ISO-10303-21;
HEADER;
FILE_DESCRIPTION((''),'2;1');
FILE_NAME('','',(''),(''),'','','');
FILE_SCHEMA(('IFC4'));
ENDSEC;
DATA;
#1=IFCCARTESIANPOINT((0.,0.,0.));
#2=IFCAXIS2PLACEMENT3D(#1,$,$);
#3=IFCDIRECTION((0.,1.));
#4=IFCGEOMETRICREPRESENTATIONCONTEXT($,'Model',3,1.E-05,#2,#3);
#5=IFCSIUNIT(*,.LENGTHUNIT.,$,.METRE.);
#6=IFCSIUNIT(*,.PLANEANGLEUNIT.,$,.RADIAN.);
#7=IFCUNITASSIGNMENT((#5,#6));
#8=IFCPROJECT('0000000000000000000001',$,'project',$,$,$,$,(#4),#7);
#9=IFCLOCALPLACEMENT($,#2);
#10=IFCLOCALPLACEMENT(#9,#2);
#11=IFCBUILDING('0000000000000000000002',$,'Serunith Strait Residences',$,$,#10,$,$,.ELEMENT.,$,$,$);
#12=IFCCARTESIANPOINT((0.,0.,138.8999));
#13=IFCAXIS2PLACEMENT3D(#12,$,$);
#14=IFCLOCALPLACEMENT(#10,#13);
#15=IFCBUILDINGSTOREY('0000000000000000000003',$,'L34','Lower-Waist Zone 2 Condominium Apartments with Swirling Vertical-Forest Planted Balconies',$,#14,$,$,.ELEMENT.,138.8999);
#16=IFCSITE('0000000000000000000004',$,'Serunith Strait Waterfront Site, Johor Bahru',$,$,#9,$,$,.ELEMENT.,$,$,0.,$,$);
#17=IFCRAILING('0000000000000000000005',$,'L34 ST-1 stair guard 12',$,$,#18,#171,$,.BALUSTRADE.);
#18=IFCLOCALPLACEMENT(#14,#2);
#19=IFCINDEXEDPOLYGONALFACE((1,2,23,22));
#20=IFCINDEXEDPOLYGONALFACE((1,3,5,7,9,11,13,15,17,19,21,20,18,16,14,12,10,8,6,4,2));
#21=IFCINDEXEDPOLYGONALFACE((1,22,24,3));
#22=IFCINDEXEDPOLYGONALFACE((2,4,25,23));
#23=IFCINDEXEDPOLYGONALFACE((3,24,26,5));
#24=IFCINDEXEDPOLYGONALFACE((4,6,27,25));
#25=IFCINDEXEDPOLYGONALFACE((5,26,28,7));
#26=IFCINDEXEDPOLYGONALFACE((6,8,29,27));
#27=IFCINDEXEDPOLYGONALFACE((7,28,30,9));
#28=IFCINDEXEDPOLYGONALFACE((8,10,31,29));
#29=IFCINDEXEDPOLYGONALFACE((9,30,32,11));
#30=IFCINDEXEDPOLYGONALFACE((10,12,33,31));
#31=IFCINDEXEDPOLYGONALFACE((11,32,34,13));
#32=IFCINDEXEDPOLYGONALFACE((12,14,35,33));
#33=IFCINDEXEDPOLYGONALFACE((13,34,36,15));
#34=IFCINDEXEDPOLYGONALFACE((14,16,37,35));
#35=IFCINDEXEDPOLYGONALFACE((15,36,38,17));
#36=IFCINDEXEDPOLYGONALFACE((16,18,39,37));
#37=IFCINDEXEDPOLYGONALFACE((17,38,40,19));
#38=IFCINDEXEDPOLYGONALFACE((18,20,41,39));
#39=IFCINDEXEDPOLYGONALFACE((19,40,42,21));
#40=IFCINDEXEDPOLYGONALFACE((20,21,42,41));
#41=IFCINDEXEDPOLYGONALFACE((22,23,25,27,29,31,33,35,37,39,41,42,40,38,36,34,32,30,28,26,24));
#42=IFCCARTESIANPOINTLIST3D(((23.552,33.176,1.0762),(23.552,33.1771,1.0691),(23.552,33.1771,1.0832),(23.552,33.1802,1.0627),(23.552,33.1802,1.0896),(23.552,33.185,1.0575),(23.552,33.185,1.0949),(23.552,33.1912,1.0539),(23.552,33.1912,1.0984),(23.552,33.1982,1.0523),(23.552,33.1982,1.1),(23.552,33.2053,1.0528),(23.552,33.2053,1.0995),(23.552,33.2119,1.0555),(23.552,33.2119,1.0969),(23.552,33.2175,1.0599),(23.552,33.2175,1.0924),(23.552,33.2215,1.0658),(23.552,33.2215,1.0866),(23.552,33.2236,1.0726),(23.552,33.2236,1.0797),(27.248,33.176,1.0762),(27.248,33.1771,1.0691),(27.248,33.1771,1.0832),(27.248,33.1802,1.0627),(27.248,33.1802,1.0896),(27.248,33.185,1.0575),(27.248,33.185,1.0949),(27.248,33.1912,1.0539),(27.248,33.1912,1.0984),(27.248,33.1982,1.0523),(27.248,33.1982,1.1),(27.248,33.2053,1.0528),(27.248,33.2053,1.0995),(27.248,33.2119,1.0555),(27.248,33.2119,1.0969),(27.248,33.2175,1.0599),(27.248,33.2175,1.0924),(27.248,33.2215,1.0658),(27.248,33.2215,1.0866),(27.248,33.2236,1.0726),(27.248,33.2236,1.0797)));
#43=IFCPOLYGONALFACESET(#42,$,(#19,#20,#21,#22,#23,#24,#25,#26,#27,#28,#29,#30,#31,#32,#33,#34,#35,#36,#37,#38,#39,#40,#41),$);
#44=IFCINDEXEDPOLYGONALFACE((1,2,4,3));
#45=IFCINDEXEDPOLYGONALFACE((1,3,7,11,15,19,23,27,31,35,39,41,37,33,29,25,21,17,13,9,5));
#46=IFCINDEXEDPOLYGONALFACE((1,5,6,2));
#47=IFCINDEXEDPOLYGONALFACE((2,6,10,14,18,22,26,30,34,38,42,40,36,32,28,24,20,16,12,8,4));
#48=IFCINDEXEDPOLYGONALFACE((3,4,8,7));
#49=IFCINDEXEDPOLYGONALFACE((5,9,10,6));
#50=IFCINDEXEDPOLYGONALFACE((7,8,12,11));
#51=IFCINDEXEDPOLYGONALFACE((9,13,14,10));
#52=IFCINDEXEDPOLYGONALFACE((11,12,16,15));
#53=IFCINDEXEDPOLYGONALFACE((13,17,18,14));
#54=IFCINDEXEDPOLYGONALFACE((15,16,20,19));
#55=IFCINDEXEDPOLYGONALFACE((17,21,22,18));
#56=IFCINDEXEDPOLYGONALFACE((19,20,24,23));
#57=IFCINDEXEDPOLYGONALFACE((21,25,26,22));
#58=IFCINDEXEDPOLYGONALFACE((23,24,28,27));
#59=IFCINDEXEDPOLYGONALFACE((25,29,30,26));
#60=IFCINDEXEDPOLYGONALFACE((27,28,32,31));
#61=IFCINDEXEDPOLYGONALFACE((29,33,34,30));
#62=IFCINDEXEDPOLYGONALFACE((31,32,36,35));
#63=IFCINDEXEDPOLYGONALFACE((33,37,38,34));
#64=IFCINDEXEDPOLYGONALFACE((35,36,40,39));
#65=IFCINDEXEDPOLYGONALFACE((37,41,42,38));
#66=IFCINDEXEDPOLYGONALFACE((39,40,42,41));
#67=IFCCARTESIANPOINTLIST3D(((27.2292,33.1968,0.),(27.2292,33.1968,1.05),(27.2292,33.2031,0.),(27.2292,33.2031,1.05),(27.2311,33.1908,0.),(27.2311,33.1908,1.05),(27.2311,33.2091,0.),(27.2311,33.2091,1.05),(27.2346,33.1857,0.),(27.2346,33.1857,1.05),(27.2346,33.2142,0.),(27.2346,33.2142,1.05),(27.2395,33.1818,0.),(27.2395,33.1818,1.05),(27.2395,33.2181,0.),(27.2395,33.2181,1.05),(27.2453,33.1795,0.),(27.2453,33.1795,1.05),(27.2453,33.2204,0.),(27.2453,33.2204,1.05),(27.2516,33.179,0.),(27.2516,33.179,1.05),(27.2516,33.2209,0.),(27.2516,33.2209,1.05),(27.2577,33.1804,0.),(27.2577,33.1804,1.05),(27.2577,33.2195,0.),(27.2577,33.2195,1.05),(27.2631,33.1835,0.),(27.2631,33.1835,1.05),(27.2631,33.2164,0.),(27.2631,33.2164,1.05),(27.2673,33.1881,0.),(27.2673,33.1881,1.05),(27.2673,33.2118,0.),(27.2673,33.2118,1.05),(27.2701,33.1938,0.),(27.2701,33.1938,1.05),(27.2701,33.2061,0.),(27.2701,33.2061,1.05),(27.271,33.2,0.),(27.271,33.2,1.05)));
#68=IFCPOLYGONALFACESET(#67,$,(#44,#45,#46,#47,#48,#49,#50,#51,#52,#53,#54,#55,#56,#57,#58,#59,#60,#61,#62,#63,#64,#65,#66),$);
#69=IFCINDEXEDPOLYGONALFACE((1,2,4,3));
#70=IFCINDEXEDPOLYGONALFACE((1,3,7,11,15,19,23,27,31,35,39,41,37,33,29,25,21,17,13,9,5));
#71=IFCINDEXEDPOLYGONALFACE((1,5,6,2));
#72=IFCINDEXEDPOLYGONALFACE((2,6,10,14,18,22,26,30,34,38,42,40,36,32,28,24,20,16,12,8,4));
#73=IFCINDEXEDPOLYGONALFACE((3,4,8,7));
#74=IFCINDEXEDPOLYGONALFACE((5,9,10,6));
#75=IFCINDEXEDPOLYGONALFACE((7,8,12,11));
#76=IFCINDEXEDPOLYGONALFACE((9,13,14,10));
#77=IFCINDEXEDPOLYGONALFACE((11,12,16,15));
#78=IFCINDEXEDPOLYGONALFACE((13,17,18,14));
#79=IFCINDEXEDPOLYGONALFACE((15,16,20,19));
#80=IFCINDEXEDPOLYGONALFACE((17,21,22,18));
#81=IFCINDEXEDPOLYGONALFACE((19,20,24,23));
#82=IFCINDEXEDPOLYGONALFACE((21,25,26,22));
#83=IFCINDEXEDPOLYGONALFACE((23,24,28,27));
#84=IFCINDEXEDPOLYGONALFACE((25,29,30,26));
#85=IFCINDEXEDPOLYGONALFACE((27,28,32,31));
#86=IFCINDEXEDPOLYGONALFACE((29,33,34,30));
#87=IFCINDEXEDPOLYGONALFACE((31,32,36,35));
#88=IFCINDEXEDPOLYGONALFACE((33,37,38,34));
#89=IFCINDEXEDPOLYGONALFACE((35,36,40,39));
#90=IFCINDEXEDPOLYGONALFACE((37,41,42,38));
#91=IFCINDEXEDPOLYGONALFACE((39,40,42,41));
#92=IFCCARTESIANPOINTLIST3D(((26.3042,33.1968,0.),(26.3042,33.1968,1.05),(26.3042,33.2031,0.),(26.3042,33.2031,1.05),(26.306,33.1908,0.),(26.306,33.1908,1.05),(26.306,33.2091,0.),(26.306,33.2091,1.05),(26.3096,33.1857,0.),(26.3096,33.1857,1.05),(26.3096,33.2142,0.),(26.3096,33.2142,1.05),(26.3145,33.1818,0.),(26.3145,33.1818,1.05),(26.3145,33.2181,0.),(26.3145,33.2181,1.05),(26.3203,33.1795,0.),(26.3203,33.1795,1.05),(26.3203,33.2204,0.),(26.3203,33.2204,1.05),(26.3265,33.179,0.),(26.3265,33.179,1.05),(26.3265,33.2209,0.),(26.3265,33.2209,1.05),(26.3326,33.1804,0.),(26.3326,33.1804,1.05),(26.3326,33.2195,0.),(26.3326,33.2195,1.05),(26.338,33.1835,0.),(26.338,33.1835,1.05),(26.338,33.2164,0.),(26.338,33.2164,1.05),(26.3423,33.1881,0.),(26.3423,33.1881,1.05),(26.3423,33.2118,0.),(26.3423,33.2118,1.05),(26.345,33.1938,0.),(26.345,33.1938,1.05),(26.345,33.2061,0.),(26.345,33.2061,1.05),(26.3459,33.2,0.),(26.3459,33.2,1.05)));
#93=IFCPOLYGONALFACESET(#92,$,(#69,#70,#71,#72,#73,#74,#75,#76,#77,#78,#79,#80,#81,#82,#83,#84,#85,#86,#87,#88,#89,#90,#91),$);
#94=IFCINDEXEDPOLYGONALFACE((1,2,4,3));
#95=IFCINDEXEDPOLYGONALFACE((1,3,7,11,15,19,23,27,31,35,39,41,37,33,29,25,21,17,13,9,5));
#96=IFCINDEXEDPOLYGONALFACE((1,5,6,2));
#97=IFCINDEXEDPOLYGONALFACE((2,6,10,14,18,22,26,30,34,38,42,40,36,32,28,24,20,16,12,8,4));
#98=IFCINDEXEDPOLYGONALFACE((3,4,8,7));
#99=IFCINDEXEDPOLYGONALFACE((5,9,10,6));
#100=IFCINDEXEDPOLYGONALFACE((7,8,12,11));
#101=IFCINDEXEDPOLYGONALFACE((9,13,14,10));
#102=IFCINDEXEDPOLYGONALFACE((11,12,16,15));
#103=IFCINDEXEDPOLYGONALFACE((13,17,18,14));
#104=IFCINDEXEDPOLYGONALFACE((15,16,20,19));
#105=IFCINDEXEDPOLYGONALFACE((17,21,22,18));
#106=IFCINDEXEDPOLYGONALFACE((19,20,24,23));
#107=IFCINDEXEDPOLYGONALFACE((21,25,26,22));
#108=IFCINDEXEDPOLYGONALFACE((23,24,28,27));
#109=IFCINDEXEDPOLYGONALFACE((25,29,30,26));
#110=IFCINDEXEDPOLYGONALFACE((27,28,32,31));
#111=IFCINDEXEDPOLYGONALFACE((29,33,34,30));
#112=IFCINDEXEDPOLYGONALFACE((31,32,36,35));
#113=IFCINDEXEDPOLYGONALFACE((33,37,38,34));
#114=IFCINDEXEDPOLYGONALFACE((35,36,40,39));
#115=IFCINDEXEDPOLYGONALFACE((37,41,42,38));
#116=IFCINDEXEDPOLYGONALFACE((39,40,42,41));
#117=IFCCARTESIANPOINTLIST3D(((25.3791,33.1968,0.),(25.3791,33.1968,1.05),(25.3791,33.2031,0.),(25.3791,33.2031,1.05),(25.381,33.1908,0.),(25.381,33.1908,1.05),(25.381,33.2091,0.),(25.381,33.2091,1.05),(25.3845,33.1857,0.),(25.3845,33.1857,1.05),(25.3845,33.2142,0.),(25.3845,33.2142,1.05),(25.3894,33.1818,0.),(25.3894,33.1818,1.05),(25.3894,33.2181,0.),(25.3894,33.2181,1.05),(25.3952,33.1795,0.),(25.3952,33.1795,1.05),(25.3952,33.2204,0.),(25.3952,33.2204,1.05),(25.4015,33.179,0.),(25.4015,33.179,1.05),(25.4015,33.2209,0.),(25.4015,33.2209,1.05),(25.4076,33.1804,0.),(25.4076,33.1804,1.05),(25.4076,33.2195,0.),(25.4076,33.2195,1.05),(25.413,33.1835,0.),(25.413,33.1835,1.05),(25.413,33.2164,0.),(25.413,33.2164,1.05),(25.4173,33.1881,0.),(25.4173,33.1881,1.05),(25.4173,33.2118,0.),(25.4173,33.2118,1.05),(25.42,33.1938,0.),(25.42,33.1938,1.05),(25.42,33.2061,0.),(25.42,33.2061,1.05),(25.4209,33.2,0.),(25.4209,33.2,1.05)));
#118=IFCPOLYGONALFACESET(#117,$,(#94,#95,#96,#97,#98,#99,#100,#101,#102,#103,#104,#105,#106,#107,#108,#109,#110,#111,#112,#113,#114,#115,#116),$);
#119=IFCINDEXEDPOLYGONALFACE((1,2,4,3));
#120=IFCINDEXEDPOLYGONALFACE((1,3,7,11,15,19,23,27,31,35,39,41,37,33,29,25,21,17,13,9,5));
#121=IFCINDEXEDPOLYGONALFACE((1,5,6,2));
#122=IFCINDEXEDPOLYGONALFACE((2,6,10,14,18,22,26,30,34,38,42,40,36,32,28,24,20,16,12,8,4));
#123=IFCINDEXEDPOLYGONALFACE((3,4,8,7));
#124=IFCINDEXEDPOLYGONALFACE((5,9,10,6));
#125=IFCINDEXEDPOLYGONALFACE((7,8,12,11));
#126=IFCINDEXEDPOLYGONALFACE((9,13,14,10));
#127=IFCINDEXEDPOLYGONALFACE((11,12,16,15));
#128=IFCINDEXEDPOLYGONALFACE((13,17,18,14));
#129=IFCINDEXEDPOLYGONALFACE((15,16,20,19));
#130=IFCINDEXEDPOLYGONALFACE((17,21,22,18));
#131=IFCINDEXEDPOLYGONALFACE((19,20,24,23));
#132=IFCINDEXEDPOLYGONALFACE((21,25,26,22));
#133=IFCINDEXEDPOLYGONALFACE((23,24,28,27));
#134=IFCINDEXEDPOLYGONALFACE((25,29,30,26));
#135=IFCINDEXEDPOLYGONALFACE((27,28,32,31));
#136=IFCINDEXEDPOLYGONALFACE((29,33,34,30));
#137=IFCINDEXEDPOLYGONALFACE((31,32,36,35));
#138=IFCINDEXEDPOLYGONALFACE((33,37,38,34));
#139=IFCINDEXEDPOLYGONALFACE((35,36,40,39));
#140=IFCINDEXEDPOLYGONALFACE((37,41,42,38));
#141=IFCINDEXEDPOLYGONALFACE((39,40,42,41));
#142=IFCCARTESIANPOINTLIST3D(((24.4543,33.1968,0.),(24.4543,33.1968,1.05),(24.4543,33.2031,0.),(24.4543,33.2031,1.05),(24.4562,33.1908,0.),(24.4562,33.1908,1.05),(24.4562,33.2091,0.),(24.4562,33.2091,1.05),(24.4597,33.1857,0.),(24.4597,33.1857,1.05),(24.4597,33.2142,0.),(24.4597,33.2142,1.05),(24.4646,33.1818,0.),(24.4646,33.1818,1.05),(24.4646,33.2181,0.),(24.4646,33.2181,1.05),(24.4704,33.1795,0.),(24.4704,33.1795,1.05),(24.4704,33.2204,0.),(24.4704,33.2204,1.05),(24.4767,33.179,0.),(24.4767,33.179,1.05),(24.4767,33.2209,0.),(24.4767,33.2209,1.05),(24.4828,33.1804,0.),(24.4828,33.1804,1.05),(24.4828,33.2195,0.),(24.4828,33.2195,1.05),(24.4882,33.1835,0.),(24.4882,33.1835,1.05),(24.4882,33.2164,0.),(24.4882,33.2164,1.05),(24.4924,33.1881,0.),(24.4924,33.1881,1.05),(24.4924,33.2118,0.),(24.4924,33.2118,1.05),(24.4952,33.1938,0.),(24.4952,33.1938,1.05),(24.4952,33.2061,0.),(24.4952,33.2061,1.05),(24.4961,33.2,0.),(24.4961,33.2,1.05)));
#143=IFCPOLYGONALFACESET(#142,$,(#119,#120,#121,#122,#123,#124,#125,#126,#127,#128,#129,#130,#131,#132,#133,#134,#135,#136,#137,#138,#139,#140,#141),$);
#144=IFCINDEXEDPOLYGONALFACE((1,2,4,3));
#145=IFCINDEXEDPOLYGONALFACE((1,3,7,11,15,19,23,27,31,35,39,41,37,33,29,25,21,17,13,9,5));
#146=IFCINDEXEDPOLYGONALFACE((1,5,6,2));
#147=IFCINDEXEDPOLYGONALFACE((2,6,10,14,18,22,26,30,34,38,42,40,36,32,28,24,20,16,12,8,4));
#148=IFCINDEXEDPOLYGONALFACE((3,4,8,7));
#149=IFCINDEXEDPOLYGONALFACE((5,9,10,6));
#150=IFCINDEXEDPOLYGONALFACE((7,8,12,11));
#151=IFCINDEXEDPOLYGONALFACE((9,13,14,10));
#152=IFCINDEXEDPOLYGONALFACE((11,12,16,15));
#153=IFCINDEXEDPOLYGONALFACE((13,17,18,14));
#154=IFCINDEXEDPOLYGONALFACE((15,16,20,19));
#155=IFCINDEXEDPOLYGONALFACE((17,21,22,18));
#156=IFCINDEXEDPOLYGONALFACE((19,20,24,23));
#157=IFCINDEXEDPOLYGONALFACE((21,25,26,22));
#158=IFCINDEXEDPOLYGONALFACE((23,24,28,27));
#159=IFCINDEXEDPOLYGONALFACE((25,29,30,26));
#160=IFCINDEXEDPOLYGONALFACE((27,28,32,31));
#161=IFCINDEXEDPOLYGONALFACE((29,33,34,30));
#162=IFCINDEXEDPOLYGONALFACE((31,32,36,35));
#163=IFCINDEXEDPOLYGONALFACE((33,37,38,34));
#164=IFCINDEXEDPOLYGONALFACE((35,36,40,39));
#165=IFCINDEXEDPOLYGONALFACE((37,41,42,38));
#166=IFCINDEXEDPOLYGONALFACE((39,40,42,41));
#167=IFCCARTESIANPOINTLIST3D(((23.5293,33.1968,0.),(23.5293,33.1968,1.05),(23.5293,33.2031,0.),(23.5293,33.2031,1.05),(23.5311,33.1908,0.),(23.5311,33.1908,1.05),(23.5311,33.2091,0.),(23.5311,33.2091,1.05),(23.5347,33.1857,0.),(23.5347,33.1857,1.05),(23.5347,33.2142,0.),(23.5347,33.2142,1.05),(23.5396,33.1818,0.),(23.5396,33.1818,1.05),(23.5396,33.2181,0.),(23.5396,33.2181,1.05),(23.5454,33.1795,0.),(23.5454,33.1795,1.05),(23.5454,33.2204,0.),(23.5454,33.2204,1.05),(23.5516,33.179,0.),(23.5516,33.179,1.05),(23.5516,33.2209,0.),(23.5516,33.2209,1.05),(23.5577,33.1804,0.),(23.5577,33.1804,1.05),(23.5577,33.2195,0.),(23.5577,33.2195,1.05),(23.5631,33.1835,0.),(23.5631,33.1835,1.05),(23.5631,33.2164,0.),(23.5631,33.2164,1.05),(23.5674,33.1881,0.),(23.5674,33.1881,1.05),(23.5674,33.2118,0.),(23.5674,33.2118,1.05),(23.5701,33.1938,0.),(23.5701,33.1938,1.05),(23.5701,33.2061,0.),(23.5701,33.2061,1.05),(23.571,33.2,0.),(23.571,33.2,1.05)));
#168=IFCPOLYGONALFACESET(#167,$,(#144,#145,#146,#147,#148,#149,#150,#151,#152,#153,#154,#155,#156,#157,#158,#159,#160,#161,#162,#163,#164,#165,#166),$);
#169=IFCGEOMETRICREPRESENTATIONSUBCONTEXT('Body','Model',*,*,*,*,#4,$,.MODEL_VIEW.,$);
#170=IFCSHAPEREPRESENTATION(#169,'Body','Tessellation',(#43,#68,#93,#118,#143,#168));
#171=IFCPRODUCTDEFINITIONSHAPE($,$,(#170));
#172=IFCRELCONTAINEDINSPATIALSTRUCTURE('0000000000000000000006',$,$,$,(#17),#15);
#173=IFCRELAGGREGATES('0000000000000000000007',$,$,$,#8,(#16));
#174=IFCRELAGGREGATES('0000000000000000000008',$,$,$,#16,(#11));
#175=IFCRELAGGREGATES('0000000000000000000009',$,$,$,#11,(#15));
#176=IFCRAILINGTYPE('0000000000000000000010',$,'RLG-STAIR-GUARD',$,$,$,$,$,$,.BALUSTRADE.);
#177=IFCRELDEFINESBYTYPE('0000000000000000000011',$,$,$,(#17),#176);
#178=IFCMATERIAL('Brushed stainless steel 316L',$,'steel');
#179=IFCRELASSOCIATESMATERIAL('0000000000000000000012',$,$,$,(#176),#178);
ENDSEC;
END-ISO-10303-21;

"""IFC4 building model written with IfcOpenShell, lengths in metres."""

from ifc_helpers import new_model, si_unit, direction, frame, origin, origin_2d, place, context, subcontext, project, spatial, circle, extrude, material, type_object, element, save


model = new_model("IFC4")

# Units and contexts
model_context = context("Model", 3, precision=1e-05, world=origin(), true_north=direction((0.0, 1.0)))
body_context = subcontext(model_context, "Body", "Model", "MODEL_VIEW")
ifc_project = project(units=[si_unit("LENGTHUNIT", "METRE"), si_unit("PLANEANGLEUNIT", "RADIAN")], contexts=[model_context])

# Site, building, storey
site_placement = place(None, origin())
site = spatial("IfcSite", under=ifc_project, at=site_placement, Name="Serunith Strait Waterfront Site, Johor Bahru", CompositionType="ELEMENT", RefElevation=0.0)
building_placement = place(site_placement, origin())
building = spatial("IfcBuilding", under=site, at=building_placement, Name="Serunith Strait Residences", CompositionType="ELEMENT")
storey_placement = place(building_placement, frame((0.0, 0.0, 138.8999)))
storey = spatial("IfcBuildingStorey", under=building, at=storey_placement, Name="L34", Description="Lower-Waist Zone 2 Condominium Apartments with Swirling Vertical-Forest Planted Balconies", CompositionType="ELEMENT", Elevation=138.8999)

# Railing
ifc_material_1 = material(Name="Brushed stainless steel 316L", Category="steel")
railing_type_1 = type_object("IfcRailingType", Name="RLG-STAIR-GUARD", PredefinedType="BALUSTRADE", material=ifc_material_1)
railing_1_placement = place(storey_placement, frame((27.25, 33.2, 0.0)))
element("IfcRailing", 1, at=railing_1_placement, inside=storey, type_object=railing_type_1, Name="L34 ST-1 stair guard 12", PredefinedType="BALUSTRADE", context=body_context, shape_type="SweptSolid", body=[
    extrude(circle(Radius=0.0239, at=origin_2d()), frame((-0.002, 0.0, 1.0762), z_axis=(-1.0, 0.0, 0.0), x_axis=(0.0, -1.0, 0.0)), (0.0, 0.0, 1.0), 3.696),
    extrude(circle(Radius=0.021, at=origin_2d()), origin(), (0.0, 0.0, 1.0), 1.05),
    extrude(circle(Radius=0.021, at=origin_2d()), frame((-0.925, 0.0, 0.0)), (0.0, 0.0, 1.0), 1.05),
    extrude(circle(Radius=0.021, at=origin_2d()), frame((-1.8501, 0.0, 0.0)), (0.0, 0.0, 1.0), 1.05),
    extrude(circle(Radius=0.021, at=origin_2d()), frame((-2.7749, 0.0, 0.0)), (0.0, 0.0, 1.0), 1.05),
    extrude(circle(Radius=0.021, at=origin_2d()), frame((-3.7, 0.0, 0.0)), (0.0, 0.0, 1.0), 1.05),
])

save(model, "model.ifc")
